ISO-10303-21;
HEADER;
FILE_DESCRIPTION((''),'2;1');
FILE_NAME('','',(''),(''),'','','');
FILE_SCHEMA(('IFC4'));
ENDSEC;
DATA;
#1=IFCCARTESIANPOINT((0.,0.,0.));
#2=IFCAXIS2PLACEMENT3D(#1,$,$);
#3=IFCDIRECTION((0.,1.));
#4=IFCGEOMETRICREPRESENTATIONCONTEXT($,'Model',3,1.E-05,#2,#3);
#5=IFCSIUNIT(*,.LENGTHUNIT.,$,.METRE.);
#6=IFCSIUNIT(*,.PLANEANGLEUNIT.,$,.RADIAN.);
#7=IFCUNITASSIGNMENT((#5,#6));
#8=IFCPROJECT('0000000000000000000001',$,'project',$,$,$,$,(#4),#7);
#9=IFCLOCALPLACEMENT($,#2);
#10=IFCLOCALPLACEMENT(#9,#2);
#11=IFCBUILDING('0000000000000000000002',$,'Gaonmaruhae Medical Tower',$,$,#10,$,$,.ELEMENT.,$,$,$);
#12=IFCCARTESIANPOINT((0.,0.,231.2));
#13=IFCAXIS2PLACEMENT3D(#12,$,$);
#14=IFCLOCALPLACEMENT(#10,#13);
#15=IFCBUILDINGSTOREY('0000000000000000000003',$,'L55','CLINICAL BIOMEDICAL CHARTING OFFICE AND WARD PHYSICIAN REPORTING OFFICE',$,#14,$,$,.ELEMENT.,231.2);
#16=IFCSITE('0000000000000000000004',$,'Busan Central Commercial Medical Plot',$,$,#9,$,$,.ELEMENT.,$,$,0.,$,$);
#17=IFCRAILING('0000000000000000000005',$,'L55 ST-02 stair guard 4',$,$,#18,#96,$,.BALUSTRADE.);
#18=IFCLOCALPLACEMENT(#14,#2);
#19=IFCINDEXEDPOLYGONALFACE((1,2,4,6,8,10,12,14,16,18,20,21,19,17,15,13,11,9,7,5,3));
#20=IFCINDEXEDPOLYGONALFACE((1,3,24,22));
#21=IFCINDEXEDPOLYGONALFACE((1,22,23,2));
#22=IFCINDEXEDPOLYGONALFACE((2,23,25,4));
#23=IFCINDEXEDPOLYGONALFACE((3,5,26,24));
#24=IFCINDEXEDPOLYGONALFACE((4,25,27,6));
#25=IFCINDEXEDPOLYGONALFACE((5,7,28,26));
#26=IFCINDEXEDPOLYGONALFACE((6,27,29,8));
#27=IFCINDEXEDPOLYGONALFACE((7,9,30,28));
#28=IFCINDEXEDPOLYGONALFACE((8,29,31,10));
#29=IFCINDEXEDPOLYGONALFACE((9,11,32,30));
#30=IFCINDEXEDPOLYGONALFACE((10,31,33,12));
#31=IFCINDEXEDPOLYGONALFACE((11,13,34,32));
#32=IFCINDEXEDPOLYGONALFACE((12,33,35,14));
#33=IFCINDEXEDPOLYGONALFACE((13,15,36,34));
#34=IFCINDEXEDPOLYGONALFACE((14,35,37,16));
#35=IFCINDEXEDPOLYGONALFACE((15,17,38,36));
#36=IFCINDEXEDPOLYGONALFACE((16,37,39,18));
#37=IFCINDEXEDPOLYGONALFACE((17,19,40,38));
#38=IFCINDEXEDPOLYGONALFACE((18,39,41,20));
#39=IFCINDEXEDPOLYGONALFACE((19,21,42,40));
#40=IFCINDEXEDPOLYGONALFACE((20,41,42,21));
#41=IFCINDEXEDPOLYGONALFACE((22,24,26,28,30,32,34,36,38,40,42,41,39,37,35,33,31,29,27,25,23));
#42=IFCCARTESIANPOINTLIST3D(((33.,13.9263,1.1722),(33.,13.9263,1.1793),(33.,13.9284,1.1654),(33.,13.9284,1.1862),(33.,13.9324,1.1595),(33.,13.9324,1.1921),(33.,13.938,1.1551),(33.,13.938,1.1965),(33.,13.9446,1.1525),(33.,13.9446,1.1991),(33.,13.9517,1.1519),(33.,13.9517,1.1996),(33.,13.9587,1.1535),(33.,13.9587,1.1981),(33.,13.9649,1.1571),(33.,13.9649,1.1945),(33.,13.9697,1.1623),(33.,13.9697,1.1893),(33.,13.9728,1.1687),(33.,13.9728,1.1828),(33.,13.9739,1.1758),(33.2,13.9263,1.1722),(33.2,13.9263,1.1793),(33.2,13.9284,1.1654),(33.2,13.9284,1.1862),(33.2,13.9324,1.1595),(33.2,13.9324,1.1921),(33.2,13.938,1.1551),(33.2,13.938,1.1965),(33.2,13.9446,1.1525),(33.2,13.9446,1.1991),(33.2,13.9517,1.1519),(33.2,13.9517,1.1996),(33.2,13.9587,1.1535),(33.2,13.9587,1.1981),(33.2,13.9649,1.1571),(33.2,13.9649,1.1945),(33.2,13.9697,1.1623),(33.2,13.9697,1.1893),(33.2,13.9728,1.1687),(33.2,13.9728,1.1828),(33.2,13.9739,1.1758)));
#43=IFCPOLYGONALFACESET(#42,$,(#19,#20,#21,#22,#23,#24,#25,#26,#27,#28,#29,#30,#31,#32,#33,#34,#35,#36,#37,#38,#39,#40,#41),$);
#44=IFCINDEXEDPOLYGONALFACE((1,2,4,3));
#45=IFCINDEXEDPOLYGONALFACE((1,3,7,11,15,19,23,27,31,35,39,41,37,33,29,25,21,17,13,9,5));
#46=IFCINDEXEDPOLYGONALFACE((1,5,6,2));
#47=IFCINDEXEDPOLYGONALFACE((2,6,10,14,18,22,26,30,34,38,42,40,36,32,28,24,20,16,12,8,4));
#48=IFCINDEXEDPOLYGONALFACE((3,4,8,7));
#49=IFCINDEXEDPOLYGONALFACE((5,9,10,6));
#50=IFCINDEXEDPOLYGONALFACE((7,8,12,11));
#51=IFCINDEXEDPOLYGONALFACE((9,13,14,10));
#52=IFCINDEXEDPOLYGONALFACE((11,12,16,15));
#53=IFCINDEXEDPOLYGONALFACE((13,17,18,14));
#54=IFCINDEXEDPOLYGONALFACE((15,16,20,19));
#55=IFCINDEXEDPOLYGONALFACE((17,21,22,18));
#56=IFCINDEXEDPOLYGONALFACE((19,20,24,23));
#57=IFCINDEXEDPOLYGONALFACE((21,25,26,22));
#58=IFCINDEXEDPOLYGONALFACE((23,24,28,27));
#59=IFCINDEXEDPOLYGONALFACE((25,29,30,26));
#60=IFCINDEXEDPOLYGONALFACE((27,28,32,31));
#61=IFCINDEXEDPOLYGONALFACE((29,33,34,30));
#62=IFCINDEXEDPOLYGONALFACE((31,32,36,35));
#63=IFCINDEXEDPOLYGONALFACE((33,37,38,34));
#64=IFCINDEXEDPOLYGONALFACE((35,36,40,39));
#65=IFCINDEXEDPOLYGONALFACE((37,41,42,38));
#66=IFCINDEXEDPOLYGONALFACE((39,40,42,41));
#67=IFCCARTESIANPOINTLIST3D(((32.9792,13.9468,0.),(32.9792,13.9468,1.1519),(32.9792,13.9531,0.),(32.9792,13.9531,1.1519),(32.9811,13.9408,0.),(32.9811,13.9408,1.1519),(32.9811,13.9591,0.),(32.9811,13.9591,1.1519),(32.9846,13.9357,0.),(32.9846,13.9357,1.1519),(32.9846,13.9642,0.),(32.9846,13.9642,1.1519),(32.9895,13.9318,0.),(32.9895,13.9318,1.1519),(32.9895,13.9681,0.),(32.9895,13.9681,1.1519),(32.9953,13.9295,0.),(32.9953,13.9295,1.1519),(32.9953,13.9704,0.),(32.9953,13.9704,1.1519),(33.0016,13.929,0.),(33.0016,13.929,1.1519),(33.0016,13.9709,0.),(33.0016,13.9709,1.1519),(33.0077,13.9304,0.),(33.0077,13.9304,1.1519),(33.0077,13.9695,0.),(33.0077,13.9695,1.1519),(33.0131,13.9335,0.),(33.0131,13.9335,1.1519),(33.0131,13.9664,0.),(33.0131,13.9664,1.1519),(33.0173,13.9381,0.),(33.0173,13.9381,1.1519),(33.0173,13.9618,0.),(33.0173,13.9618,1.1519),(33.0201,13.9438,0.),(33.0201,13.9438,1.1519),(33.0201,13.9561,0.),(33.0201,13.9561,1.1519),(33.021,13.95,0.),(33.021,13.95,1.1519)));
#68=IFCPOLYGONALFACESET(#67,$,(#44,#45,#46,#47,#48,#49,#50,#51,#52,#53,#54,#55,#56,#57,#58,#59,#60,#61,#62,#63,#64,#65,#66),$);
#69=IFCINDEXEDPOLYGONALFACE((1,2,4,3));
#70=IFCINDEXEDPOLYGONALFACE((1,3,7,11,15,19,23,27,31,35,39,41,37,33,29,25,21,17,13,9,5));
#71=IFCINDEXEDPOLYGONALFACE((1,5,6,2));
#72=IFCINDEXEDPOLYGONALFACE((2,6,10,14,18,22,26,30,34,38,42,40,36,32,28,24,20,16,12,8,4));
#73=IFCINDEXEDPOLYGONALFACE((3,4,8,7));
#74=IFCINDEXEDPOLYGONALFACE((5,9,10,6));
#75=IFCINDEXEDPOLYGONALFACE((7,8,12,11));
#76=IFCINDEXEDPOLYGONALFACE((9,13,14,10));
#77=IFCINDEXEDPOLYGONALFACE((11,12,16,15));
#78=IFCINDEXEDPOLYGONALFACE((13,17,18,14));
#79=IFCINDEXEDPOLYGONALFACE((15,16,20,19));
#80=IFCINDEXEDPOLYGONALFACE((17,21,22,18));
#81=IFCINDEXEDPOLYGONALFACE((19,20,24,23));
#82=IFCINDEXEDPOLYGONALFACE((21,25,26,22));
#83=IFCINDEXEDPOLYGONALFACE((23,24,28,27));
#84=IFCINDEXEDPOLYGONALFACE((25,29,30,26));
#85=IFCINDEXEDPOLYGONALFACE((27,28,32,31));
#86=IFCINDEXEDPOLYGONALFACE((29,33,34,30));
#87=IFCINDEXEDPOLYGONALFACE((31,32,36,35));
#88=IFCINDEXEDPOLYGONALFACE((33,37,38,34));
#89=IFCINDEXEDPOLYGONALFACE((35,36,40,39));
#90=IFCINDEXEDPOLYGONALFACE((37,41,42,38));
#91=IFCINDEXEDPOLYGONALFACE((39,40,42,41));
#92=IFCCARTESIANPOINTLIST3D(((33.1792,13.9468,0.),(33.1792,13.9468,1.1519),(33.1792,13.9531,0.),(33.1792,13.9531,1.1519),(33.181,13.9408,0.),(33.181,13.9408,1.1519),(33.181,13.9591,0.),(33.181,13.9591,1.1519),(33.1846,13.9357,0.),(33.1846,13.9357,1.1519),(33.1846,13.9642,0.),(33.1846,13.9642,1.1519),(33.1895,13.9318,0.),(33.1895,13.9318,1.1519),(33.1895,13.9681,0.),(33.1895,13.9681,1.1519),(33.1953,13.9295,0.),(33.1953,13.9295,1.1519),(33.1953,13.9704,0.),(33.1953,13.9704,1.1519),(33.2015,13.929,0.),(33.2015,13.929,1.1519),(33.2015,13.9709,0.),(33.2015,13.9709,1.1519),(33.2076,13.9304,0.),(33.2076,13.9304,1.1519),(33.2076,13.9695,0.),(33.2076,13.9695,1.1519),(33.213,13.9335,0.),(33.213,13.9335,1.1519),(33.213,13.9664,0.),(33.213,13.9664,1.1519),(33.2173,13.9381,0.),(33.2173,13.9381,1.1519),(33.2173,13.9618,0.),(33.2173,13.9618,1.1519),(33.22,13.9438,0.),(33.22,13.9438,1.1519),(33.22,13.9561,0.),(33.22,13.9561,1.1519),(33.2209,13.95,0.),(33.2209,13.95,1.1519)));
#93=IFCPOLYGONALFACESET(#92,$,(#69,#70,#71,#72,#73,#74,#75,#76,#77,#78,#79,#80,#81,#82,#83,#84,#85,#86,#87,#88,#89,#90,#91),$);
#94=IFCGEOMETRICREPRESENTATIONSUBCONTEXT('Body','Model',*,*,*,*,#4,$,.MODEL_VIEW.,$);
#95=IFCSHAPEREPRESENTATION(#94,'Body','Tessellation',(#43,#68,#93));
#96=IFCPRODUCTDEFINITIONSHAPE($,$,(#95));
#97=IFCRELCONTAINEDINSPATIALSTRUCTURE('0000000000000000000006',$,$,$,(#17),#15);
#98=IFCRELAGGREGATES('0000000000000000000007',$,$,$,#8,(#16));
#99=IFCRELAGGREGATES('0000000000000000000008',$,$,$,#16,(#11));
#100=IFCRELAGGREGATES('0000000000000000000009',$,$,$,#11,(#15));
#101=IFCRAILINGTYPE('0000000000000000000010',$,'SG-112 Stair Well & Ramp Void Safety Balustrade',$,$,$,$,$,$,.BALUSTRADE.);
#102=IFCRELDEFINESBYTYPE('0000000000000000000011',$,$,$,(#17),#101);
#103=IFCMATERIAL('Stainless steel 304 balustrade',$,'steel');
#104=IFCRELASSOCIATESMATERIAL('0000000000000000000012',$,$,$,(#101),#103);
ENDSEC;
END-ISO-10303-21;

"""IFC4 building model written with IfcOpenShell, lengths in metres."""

from ifc_helpers import new_model, si_unit, direction, frame, origin, origin_2d, place, context, subcontext, project, spatial, circle, extrude, material, type_object, element, save


model = new_model("IFC4")

# Units and contexts
model_context = context("Model", 3, precision=1e-05, world=origin(), true_north=direction((0.0, 1.0)))
body_context = subcontext(model_context, "Body", "Model", "MODEL_VIEW")
ifc_project = project(units=[si_unit("LENGTHUNIT", "METRE"), si_unit("PLANEANGLEUNIT", "RADIAN")], contexts=[model_context])

# Site, building, storey
site_placement = place(None, origin())
site = spatial("IfcSite", under=ifc_project, at=site_placement, Name="Busan Central Commercial Medical Plot", CompositionType="ELEMENT", RefElevation=0.0)
building_placement = place(site_placement, origin())
building = spatial("IfcBuilding", under=site, at=building_placement, Name="Gaonmaruhae Medical Tower", CompositionType="ELEMENT")
storey_placement = place(building_placement, frame((0.0, 0.0, 231.2)))
storey = spatial("IfcBuildingStorey", under=building, at=storey_placement, Name="L55", Description="CLINICAL BIOMEDICAL CHARTING OFFICE AND WARD PHYSICIAN REPORTING OFFICE", CompositionType="ELEMENT", Elevation=231.2)

# Railing
ifc_material_1 = material(Name="Stainless steel 304 balustrade", Category="steel")
railing_type_1 = type_object("IfcRailingType", Name="SG-112 Stair Well & Ramp Void Safety Balustrade", PredefinedType="BALUSTRADE", material=ifc_material_1)
railing_1_placement = place(storey_placement, frame((33.0, 13.95, 0.0)))
element("IfcRailing", 1, at=railing_1_placement, inside=storey, type_object=railing_type_1, Name="L55 ST-02 stair guard 4", PredefinedType="BALUSTRADE", context=body_context, shape_type="SweptSolid", body=[
    extrude(circle(Radius=0.0239, at=origin_2d()), frame((0.0, 0.0, 1.1758), z_axis=(1.0, 0.0, 0.0), x_axis=(0.0, 1.0, 0.0)), (0.0, 0.0, 1.0), 0.2),
    extrude(circle(Radius=0.021, at=origin_2d()), origin(), (0.0, 0.0, 1.0), 1.1519),
    extrude(circle(Radius=0.021, at=origin_2d()), frame((0.2, 0.0, 0.0)), (0.0, 0.0, 1.0), 1.1519),
])

save(model, "model.ifc")
